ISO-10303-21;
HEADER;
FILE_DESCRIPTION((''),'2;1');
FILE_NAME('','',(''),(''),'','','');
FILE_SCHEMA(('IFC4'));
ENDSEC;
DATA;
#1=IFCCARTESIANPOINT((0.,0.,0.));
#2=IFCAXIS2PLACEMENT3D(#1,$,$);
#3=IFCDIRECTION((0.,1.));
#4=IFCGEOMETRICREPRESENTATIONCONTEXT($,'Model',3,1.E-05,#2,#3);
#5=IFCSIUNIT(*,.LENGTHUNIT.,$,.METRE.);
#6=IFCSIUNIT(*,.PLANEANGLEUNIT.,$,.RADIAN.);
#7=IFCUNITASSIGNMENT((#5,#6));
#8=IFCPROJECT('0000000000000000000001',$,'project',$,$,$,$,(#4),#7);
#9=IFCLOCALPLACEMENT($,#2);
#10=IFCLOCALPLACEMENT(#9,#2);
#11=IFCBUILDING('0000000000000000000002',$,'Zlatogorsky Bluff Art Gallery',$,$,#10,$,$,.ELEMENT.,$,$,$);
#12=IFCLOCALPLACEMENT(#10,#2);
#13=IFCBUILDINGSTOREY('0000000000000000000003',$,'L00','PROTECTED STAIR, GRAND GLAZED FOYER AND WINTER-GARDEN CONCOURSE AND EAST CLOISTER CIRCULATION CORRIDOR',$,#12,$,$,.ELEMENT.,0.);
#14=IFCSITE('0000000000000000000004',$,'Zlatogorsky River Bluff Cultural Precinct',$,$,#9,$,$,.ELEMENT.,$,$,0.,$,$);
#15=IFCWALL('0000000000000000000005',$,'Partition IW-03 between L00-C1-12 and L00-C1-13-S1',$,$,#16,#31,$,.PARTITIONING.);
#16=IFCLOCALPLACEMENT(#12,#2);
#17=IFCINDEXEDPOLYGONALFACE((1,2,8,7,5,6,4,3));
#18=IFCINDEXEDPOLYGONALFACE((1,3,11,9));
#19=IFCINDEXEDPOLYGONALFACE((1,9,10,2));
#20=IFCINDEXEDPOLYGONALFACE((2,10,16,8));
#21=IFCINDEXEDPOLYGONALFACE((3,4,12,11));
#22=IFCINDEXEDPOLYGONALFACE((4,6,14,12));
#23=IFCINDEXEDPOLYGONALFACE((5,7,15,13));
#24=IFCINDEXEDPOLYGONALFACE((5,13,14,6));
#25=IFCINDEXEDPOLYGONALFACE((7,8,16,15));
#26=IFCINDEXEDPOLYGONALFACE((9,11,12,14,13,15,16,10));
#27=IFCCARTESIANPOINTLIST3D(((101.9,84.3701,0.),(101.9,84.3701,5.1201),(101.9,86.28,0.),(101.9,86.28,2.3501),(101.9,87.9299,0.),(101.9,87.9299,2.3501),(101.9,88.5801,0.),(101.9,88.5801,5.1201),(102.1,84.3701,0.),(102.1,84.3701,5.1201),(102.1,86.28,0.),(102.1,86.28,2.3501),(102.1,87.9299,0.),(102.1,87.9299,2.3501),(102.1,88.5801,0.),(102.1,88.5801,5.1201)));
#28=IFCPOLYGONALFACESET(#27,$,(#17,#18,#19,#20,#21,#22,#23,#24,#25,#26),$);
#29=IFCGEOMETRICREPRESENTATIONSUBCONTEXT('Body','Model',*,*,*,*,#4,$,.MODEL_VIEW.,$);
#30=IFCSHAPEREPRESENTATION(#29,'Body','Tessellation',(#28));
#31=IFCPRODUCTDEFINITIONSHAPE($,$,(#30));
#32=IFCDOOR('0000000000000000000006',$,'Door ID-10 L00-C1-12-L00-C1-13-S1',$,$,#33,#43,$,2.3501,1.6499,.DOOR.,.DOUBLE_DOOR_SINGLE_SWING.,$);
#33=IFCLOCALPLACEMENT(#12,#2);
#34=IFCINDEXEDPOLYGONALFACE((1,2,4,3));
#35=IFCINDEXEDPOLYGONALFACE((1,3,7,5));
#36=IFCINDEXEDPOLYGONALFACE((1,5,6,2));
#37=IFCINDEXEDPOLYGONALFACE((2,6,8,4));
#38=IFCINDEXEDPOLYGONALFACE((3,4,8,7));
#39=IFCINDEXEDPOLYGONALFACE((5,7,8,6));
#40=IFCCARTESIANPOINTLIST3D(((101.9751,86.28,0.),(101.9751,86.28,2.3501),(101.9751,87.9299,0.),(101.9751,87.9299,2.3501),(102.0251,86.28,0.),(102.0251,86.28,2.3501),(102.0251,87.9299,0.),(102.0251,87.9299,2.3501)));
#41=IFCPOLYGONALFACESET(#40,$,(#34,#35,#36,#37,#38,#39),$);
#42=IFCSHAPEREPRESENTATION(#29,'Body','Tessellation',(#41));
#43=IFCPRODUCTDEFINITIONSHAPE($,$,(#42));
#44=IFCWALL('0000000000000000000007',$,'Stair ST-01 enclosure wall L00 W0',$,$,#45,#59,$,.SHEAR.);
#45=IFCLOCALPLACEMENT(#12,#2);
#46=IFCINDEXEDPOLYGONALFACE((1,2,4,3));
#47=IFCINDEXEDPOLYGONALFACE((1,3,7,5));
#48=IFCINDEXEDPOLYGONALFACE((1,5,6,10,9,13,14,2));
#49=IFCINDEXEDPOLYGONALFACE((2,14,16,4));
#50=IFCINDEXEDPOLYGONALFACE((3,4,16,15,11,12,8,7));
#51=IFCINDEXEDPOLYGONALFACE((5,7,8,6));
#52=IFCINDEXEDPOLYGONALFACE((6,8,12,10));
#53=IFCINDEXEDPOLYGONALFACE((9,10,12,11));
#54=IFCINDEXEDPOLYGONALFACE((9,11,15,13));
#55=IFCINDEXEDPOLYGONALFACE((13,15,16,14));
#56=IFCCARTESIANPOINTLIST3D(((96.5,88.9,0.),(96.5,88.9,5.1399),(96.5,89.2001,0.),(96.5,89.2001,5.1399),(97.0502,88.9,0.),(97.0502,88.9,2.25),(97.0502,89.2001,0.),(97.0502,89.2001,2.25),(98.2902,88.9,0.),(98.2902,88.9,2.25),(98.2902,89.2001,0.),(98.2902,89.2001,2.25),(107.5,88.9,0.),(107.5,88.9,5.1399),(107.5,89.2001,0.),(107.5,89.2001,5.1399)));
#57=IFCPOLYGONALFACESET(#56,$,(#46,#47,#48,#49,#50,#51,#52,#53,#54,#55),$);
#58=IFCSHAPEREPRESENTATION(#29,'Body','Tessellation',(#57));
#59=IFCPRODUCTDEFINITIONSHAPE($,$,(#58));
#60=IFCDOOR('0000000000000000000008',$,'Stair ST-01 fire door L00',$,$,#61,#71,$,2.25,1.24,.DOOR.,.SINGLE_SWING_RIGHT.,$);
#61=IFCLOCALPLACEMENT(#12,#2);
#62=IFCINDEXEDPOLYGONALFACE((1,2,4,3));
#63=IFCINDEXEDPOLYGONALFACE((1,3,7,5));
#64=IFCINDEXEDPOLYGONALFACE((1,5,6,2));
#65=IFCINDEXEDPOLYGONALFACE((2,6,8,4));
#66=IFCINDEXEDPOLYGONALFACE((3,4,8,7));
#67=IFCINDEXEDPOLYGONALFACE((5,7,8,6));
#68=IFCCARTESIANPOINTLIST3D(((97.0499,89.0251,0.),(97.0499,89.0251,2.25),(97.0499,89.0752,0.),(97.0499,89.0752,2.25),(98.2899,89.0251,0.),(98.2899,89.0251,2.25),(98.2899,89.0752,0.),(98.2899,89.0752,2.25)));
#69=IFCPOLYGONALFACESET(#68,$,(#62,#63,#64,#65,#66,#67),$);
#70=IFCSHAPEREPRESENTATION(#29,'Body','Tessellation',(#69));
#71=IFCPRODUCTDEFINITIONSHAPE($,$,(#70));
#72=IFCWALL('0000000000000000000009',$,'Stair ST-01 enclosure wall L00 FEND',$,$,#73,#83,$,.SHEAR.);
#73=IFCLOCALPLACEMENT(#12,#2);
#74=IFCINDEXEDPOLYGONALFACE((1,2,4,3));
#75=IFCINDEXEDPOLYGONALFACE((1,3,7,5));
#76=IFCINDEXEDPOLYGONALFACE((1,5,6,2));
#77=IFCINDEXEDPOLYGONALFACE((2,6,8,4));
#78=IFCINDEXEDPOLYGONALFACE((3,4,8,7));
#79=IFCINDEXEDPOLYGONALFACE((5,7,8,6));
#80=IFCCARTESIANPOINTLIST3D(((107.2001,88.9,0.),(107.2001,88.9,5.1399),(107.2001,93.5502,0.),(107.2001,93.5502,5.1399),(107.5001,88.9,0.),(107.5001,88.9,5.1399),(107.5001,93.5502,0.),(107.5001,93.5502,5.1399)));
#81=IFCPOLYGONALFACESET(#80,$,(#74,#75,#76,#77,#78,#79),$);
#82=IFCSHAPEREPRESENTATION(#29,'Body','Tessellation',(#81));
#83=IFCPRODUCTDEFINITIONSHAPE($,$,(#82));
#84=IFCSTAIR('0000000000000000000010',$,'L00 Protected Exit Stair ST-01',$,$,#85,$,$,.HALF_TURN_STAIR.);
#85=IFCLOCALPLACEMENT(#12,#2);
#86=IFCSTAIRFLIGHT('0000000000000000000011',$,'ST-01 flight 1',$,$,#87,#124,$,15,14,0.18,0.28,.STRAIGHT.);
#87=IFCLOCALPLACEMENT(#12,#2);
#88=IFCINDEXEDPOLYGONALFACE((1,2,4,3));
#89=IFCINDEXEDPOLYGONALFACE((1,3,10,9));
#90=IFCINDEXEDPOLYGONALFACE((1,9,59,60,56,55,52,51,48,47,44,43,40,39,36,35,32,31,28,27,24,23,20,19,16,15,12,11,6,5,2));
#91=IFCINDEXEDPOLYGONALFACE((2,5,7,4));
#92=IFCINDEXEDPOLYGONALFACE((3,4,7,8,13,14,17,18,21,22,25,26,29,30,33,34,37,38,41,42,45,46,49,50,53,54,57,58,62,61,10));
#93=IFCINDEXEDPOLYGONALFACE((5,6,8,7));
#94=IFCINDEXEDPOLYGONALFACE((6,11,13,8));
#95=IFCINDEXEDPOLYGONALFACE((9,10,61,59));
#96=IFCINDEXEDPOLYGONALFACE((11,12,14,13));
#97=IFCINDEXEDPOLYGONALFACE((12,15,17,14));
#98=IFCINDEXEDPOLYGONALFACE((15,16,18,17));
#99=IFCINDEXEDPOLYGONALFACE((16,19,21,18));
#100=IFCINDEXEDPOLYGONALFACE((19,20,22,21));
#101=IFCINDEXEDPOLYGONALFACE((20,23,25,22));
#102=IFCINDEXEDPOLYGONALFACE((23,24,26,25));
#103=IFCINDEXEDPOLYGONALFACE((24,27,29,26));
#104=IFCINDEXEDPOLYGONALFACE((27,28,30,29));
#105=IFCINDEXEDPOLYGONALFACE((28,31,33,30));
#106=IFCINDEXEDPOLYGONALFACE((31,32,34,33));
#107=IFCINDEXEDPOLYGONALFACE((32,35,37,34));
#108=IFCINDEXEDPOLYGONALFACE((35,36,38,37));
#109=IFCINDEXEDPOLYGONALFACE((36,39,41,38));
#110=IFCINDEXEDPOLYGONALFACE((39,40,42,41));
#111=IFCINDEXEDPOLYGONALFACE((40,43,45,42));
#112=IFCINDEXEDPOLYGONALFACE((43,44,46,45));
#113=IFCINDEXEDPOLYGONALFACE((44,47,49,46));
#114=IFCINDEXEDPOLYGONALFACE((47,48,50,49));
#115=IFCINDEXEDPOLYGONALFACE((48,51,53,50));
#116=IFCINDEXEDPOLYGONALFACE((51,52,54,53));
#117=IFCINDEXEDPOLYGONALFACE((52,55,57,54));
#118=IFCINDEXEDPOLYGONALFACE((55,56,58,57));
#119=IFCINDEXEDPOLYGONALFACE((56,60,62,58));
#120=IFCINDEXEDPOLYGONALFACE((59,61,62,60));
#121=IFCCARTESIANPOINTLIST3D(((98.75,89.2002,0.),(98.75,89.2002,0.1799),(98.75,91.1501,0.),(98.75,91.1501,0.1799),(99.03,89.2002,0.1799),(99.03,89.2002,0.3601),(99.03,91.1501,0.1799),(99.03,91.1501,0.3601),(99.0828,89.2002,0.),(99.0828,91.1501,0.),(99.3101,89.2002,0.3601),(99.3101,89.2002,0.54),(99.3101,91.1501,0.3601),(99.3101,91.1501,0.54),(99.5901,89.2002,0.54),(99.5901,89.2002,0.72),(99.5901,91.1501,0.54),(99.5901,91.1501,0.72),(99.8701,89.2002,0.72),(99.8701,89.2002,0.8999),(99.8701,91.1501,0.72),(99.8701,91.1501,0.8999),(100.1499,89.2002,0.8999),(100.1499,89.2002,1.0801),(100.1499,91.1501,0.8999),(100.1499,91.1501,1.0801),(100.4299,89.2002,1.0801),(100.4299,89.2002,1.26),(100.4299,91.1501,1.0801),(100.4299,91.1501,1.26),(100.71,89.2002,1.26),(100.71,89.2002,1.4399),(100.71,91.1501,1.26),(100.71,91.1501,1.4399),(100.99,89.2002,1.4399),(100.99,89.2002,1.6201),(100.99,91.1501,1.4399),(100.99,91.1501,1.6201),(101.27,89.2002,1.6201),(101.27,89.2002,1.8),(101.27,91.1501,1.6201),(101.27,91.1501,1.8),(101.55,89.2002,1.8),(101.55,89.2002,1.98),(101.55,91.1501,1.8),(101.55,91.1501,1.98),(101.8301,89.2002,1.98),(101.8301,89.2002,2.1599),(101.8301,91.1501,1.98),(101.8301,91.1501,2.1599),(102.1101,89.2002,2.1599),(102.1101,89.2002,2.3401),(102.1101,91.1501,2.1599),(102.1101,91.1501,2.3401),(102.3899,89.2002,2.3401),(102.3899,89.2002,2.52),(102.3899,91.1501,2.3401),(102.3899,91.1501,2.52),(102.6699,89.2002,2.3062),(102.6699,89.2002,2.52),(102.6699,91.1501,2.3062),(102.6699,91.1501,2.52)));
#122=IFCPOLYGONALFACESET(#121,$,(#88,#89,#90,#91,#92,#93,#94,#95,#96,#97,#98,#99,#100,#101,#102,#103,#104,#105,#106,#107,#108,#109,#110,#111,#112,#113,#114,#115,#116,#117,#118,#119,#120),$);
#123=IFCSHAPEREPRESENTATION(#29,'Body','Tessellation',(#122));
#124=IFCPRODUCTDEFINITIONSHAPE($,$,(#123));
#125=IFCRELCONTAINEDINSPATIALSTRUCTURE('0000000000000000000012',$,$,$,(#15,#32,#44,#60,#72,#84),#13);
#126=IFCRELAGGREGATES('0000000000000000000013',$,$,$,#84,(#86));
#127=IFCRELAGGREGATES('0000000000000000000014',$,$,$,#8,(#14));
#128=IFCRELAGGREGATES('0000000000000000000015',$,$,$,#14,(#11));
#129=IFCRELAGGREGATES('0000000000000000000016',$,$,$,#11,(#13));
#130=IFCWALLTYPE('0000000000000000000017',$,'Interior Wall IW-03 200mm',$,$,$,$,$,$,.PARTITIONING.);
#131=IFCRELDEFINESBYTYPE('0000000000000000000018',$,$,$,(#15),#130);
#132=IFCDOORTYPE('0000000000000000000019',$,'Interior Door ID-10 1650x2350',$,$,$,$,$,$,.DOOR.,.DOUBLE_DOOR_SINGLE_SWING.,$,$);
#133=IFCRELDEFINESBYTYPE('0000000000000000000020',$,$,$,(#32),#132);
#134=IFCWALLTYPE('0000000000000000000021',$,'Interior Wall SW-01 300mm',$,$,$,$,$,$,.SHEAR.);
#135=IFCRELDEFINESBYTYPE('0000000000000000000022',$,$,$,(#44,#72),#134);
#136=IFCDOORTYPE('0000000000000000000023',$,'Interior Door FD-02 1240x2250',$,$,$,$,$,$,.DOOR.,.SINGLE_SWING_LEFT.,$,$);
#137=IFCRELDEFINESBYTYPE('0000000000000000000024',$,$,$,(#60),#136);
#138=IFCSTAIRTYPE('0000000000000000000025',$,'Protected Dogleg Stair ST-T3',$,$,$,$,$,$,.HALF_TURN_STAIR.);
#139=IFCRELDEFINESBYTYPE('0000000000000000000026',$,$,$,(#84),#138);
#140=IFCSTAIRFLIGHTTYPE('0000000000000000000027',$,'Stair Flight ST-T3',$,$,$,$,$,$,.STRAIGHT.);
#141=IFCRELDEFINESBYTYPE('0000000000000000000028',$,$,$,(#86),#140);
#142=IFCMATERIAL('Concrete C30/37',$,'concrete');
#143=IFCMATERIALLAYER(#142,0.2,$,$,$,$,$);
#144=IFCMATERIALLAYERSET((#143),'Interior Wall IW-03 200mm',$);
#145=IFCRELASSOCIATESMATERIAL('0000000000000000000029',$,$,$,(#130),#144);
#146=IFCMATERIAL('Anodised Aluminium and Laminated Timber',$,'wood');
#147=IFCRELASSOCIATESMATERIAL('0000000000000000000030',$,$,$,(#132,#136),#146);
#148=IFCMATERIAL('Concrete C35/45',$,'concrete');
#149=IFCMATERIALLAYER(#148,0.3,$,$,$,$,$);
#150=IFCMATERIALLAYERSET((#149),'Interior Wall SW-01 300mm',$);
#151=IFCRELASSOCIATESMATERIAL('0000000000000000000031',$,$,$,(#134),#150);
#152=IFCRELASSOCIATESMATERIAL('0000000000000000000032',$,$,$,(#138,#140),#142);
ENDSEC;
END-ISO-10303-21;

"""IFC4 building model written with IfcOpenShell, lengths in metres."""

from ifc_helpers import new_model, si_unit, direction, frame, frame_2d, origin, place, context, subcontext, project, spatial, polyline, rectangle, outline, extrude, material, layer, layer_set, type_object, element, fill, aggregate, save


model = new_model("IFC4")

# Units and contexts
model_context = context("Model", 3, precision=1e-05, world=origin(), true_north=direction((0.0, 1.0)))
body_context = subcontext(model_context, "Body", "Model", "MODEL_VIEW")
ifc_project = project(units=[si_unit("LENGTHUNIT", "METRE"), si_unit("PLANEANGLEUNIT", "RADIAN")], contexts=[model_context])

# Site, building, storey
site_placement = place(None, origin())
site = spatial("IfcSite", under=ifc_project, at=site_placement, Name="Zlatogorsky River Bluff Cultural Precinct", CompositionType="ELEMENT", RefElevation=0.0)
building_placement = place(site_placement, origin())
building = spatial("IfcBuilding", under=site, at=building_placement, Name="Zlatogorsky Bluff Art Gallery", CompositionType="ELEMENT")
storey_placement = place(building_placement, origin())
storey = spatial("IfcBuildingStorey", under=building, at=storey_placement, Name="L00", Description="PROTECTED STAIR, GRAND GLAZED FOYER AND WINTER-GARDEN CONCOURSE AND EAST CLOISTER CIRCULATION CORRIDOR", CompositionType="ELEMENT", Elevation=0.0)

# Walls, openings, doors
ifc_material_1 = material(Name="Concrete C30/37", Category="concrete")
ifc_layer_1 = layer(ifc_material_1, 0.2)
ifc_layer_set_1 = layer_set([ifc_layer_1], Name="Interior Wall IW-03 200mm")
wall_type_1 = type_object("IfcWallType", Name="Interior Wall IW-03 200mm", PredefinedType="PARTITIONING", material=ifc_layer_set_1)
wall_1_placement = place(storey_placement, frame((102.0, 84.3701, 0.0), z_axis=(0.0, 0.0, 1.0), x_axis=(0.0, 1.0, 0.0)))
wall_1 = element("IfcWall", 1, at=wall_1_placement, inside=storey, type_object=wall_type_1, Name="Partition IW-03 between L00-C1-12 and L00-C1-13-S1", PredefinedType="PARTITIONING", context=body_context, shape_type="SweptSolid", body=[
    extrude(rectangle(XDim=4.21, YDim=0.2, at=frame_2d((2.105, 0.0))), origin(), (0.0, 0.0, 1.0), 5.1201),
])
opening_1_placement = place(wall_1_placement, frame((1.9099, 0.0, 0.0)))
opening_1 = element("IfcOpeningElement", 2, at=opening_1_placement, cuts=wall_1, PredefinedType="OPENING", context=body_context, shape_type="SweptSolid", body=[
    extrude(rectangle(XDim=1.6499, YDim=2.3501, at=frame_2d((0.825, 1.175))), frame((0.0, 0.1099, 0.0), z_axis=(0.0, -1.0, 0.0), x_axis=(1.0, 0.0, 0.0)), (0.0, 0.0, 1.0), 0.22),
])
ifc_material_2 = material(Name="Anodised Aluminium and Laminated Timber", Category="wood")
door_type_1 = type_object("IfcDoorType", Name="Interior Door ID-10 1650x2350", OperationType="DOUBLE_DOOR_SINGLE_SWING", PredefinedType="DOOR", material=ifc_material_2)
door_1_placement = place(opening_1_placement, origin())
door_1 = element("IfcDoor", 3, at=door_1_placement, inside=storey, type_object=door_type_1, Name="Door ID-10 L00-C1-12-L00-C1-13-S1", OperationType="DOUBLE_DOOR_SINGLE_SWING", OverallHeight=2.3501, OverallWidth=1.6499, PredefinedType="DOOR", context=body_context, shape_type="SweptSolid", body=[
    extrude(rectangle(XDim=1.6499, YDim=2.3501, at=frame_2d((0.825, 1.175))), frame((0.0, 0.0249, 0.0), z_axis=(0.0, -1.0, 0.0), x_axis=(1.0, 0.0, 0.0)), (0.0, 0.0, 1.0), 0.05),
])
fill(opening_1, door_1)
ifc_material_3 = material(Name="Concrete C35/45", Category="concrete")
ifc_layer_2 = layer(ifc_material_3, 0.3)
ifc_layer_set_2 = layer_set([ifc_layer_2], Name="Interior Wall SW-01 300mm")
wall_type_2 = type_object("IfcWallType", Name="Interior Wall SW-01 300mm", PredefinedType="SHEAR", material=ifc_layer_set_2)
wall_2_placement = place(storey_placement, frame((96.5, 89.05, 0.0), z_axis=(0.0, 0.0, 1.0), x_axis=(1.0, 0.0, 0.0)))
wall_2 = element("IfcWall", 4, at=wall_2_placement, inside=storey, type_object=wall_type_2, Name="Stair ST-01 enclosure wall L00 W0", PredefinedType="SHEAR", context=body_context, shape_type="SweptSolid", body=[
    extrude(rectangle(XDim=11.0, YDim=0.3, at=frame_2d((5.5, 0.0))), origin(), (0.0, 0.0, 1.0), 5.1399),
])
opening_2_placement = place(wall_2_placement, frame((0.55, 0.0, 0.0)))
opening_2 = element("IfcOpeningElement", 5, at=opening_2_placement, cuts=wall_2, PredefinedType="OPENING", context=body_context, shape_type="SweptSolid", body=[
    extrude(rectangle(XDim=1.24, YDim=2.25, at=frame_2d((0.6201, 1.125))), frame((0.0, 0.1599, 0.0), z_axis=(0.0, -1.0, 0.0), x_axis=(1.0, 0.0, 0.0)), (0.0, 0.0, 1.0), 0.3201),
])
door_type_2 = type_object("IfcDoorType", Name="Interior Door FD-02 1240x2250", OperationType="SINGLE_SWING_LEFT", PredefinedType="DOOR", material=ifc_material_2)
door_2_placement = place(opening_2_placement, frame((1.24, 0.0, 0.0), z_axis=(0.0, 0.0, 1.0), x_axis=(-1.0, 0.0, 0.0)))
door_2 = element("IfcDoor", 6, at=door_2_placement, inside=storey, type_object=door_type_2, Name="Stair ST-01 fire door L00", OperationType="SINGLE_SWING_RIGHT", OverallHeight=2.25, OverallWidth=1.24, PredefinedType="DOOR", context=body_context, shape_type="SweptSolid", body=[
    extrude(rectangle(XDim=1.24, YDim=2.25, at=frame_2d((0.6201, 1.125))), frame((0.0, 0.0249, 0.0), z_axis=(0.0, -1.0, 0.0), x_axis=(1.0, 0.0, 0.0)), (0.0, 0.0, 1.0), 0.05),
])
fill(opening_2, door_2)

# Wall
wall_3_placement = place(storey_placement, frame((107.3501, 88.8999, 0.0), z_axis=(0.0, 0.0, 1.0), x_axis=(0.0, 1.0, 0.0)))
element("IfcWall", 7, at=wall_3_placement, inside=storey, type_object=wall_type_2, Name="Stair ST-01 enclosure wall L00 FEND", PredefinedType="SHEAR", context=body_context, shape_type="SweptSolid", body=[
    extrude(rectangle(XDim=4.6501, YDim=0.3, at=frame_2d((2.3252, 0.0))), origin(), (0.0, 0.0, 1.0), 5.1399),
])

# Stair, stair flight
stair_type = type_object("IfcStairType", Name="Protected Dogleg Stair ST-T3", PredefinedType="HALF_TURN_STAIR", material=ifc_material_1)
stair_placement = place(storey_placement, origin())
stair = element("IfcStair", 8, at=stair_placement, inside=storey, type_object=stair_type, Name="L00 Protected Exit Stair ST-01", PredefinedType="HALF_TURN_STAIR")
stair_flight_type = type_object("IfcStairFlightType", Name="Stair Flight ST-T3", PredefinedType="STRAIGHT", material=ifc_material_1)
stair_flight_placement = place(storey_placement, frame((98.75, 90.175, 0.0), z_axis=(0.0, 0.0, 1.0), x_axis=(1.0, 0.0, 0.0)))
stair_flight = element("IfcStairFlight", 9, at=stair_flight_placement, type_object=stair_flight_type, Name="ST-01 flight 1", NumberOfRisers=15, NumberOfTreads=14, PredefinedType="STRAIGHT", RiserHeight=0.18, TreadLength=0.28, context=body_context, shape_type="SweptSolid", body=[
    extrude(outline(polyline([(0.0, 0.0), (0.0, 0.1799), (0.28, 0.1799), (0.28, 0.3601), (0.5601, 0.3601), (0.5601, 0.54), (0.8401, 0.54), (0.8401, 0.72), (1.1201, 0.72), (1.1201, 0.8999), (1.3999, 0.8999), (1.3999, 1.0801), (1.6799, 1.0801), (1.6799, 1.26), (1.96, 1.26), (1.96, 1.4399), (2.24, 1.4399), (2.24, 1.6201), (2.52, 1.6201), (2.52, 1.8), (2.8, 1.8), (2.8, 1.98), (3.0801, 1.98), (3.0801, 2.1599), (3.3601, 2.1599), (3.3601, 2.3401), (3.6399, 2.3401), (3.6399, 2.52), (3.9199, 2.52), (3.9199, 2.7), (3.9199, 2.3062), (0.3328, 0.0), (0.0, 0.0)])), frame((0.0, 0.9751, 0.0), z_axis=(0.0, -1.0, 0.0), x_axis=(1.0, 0.0, 0.0)), (0.0, 0.0, 1.0), 1.95),
])
aggregate(stair, [stair_flight])

save(model, "model.ifc")
